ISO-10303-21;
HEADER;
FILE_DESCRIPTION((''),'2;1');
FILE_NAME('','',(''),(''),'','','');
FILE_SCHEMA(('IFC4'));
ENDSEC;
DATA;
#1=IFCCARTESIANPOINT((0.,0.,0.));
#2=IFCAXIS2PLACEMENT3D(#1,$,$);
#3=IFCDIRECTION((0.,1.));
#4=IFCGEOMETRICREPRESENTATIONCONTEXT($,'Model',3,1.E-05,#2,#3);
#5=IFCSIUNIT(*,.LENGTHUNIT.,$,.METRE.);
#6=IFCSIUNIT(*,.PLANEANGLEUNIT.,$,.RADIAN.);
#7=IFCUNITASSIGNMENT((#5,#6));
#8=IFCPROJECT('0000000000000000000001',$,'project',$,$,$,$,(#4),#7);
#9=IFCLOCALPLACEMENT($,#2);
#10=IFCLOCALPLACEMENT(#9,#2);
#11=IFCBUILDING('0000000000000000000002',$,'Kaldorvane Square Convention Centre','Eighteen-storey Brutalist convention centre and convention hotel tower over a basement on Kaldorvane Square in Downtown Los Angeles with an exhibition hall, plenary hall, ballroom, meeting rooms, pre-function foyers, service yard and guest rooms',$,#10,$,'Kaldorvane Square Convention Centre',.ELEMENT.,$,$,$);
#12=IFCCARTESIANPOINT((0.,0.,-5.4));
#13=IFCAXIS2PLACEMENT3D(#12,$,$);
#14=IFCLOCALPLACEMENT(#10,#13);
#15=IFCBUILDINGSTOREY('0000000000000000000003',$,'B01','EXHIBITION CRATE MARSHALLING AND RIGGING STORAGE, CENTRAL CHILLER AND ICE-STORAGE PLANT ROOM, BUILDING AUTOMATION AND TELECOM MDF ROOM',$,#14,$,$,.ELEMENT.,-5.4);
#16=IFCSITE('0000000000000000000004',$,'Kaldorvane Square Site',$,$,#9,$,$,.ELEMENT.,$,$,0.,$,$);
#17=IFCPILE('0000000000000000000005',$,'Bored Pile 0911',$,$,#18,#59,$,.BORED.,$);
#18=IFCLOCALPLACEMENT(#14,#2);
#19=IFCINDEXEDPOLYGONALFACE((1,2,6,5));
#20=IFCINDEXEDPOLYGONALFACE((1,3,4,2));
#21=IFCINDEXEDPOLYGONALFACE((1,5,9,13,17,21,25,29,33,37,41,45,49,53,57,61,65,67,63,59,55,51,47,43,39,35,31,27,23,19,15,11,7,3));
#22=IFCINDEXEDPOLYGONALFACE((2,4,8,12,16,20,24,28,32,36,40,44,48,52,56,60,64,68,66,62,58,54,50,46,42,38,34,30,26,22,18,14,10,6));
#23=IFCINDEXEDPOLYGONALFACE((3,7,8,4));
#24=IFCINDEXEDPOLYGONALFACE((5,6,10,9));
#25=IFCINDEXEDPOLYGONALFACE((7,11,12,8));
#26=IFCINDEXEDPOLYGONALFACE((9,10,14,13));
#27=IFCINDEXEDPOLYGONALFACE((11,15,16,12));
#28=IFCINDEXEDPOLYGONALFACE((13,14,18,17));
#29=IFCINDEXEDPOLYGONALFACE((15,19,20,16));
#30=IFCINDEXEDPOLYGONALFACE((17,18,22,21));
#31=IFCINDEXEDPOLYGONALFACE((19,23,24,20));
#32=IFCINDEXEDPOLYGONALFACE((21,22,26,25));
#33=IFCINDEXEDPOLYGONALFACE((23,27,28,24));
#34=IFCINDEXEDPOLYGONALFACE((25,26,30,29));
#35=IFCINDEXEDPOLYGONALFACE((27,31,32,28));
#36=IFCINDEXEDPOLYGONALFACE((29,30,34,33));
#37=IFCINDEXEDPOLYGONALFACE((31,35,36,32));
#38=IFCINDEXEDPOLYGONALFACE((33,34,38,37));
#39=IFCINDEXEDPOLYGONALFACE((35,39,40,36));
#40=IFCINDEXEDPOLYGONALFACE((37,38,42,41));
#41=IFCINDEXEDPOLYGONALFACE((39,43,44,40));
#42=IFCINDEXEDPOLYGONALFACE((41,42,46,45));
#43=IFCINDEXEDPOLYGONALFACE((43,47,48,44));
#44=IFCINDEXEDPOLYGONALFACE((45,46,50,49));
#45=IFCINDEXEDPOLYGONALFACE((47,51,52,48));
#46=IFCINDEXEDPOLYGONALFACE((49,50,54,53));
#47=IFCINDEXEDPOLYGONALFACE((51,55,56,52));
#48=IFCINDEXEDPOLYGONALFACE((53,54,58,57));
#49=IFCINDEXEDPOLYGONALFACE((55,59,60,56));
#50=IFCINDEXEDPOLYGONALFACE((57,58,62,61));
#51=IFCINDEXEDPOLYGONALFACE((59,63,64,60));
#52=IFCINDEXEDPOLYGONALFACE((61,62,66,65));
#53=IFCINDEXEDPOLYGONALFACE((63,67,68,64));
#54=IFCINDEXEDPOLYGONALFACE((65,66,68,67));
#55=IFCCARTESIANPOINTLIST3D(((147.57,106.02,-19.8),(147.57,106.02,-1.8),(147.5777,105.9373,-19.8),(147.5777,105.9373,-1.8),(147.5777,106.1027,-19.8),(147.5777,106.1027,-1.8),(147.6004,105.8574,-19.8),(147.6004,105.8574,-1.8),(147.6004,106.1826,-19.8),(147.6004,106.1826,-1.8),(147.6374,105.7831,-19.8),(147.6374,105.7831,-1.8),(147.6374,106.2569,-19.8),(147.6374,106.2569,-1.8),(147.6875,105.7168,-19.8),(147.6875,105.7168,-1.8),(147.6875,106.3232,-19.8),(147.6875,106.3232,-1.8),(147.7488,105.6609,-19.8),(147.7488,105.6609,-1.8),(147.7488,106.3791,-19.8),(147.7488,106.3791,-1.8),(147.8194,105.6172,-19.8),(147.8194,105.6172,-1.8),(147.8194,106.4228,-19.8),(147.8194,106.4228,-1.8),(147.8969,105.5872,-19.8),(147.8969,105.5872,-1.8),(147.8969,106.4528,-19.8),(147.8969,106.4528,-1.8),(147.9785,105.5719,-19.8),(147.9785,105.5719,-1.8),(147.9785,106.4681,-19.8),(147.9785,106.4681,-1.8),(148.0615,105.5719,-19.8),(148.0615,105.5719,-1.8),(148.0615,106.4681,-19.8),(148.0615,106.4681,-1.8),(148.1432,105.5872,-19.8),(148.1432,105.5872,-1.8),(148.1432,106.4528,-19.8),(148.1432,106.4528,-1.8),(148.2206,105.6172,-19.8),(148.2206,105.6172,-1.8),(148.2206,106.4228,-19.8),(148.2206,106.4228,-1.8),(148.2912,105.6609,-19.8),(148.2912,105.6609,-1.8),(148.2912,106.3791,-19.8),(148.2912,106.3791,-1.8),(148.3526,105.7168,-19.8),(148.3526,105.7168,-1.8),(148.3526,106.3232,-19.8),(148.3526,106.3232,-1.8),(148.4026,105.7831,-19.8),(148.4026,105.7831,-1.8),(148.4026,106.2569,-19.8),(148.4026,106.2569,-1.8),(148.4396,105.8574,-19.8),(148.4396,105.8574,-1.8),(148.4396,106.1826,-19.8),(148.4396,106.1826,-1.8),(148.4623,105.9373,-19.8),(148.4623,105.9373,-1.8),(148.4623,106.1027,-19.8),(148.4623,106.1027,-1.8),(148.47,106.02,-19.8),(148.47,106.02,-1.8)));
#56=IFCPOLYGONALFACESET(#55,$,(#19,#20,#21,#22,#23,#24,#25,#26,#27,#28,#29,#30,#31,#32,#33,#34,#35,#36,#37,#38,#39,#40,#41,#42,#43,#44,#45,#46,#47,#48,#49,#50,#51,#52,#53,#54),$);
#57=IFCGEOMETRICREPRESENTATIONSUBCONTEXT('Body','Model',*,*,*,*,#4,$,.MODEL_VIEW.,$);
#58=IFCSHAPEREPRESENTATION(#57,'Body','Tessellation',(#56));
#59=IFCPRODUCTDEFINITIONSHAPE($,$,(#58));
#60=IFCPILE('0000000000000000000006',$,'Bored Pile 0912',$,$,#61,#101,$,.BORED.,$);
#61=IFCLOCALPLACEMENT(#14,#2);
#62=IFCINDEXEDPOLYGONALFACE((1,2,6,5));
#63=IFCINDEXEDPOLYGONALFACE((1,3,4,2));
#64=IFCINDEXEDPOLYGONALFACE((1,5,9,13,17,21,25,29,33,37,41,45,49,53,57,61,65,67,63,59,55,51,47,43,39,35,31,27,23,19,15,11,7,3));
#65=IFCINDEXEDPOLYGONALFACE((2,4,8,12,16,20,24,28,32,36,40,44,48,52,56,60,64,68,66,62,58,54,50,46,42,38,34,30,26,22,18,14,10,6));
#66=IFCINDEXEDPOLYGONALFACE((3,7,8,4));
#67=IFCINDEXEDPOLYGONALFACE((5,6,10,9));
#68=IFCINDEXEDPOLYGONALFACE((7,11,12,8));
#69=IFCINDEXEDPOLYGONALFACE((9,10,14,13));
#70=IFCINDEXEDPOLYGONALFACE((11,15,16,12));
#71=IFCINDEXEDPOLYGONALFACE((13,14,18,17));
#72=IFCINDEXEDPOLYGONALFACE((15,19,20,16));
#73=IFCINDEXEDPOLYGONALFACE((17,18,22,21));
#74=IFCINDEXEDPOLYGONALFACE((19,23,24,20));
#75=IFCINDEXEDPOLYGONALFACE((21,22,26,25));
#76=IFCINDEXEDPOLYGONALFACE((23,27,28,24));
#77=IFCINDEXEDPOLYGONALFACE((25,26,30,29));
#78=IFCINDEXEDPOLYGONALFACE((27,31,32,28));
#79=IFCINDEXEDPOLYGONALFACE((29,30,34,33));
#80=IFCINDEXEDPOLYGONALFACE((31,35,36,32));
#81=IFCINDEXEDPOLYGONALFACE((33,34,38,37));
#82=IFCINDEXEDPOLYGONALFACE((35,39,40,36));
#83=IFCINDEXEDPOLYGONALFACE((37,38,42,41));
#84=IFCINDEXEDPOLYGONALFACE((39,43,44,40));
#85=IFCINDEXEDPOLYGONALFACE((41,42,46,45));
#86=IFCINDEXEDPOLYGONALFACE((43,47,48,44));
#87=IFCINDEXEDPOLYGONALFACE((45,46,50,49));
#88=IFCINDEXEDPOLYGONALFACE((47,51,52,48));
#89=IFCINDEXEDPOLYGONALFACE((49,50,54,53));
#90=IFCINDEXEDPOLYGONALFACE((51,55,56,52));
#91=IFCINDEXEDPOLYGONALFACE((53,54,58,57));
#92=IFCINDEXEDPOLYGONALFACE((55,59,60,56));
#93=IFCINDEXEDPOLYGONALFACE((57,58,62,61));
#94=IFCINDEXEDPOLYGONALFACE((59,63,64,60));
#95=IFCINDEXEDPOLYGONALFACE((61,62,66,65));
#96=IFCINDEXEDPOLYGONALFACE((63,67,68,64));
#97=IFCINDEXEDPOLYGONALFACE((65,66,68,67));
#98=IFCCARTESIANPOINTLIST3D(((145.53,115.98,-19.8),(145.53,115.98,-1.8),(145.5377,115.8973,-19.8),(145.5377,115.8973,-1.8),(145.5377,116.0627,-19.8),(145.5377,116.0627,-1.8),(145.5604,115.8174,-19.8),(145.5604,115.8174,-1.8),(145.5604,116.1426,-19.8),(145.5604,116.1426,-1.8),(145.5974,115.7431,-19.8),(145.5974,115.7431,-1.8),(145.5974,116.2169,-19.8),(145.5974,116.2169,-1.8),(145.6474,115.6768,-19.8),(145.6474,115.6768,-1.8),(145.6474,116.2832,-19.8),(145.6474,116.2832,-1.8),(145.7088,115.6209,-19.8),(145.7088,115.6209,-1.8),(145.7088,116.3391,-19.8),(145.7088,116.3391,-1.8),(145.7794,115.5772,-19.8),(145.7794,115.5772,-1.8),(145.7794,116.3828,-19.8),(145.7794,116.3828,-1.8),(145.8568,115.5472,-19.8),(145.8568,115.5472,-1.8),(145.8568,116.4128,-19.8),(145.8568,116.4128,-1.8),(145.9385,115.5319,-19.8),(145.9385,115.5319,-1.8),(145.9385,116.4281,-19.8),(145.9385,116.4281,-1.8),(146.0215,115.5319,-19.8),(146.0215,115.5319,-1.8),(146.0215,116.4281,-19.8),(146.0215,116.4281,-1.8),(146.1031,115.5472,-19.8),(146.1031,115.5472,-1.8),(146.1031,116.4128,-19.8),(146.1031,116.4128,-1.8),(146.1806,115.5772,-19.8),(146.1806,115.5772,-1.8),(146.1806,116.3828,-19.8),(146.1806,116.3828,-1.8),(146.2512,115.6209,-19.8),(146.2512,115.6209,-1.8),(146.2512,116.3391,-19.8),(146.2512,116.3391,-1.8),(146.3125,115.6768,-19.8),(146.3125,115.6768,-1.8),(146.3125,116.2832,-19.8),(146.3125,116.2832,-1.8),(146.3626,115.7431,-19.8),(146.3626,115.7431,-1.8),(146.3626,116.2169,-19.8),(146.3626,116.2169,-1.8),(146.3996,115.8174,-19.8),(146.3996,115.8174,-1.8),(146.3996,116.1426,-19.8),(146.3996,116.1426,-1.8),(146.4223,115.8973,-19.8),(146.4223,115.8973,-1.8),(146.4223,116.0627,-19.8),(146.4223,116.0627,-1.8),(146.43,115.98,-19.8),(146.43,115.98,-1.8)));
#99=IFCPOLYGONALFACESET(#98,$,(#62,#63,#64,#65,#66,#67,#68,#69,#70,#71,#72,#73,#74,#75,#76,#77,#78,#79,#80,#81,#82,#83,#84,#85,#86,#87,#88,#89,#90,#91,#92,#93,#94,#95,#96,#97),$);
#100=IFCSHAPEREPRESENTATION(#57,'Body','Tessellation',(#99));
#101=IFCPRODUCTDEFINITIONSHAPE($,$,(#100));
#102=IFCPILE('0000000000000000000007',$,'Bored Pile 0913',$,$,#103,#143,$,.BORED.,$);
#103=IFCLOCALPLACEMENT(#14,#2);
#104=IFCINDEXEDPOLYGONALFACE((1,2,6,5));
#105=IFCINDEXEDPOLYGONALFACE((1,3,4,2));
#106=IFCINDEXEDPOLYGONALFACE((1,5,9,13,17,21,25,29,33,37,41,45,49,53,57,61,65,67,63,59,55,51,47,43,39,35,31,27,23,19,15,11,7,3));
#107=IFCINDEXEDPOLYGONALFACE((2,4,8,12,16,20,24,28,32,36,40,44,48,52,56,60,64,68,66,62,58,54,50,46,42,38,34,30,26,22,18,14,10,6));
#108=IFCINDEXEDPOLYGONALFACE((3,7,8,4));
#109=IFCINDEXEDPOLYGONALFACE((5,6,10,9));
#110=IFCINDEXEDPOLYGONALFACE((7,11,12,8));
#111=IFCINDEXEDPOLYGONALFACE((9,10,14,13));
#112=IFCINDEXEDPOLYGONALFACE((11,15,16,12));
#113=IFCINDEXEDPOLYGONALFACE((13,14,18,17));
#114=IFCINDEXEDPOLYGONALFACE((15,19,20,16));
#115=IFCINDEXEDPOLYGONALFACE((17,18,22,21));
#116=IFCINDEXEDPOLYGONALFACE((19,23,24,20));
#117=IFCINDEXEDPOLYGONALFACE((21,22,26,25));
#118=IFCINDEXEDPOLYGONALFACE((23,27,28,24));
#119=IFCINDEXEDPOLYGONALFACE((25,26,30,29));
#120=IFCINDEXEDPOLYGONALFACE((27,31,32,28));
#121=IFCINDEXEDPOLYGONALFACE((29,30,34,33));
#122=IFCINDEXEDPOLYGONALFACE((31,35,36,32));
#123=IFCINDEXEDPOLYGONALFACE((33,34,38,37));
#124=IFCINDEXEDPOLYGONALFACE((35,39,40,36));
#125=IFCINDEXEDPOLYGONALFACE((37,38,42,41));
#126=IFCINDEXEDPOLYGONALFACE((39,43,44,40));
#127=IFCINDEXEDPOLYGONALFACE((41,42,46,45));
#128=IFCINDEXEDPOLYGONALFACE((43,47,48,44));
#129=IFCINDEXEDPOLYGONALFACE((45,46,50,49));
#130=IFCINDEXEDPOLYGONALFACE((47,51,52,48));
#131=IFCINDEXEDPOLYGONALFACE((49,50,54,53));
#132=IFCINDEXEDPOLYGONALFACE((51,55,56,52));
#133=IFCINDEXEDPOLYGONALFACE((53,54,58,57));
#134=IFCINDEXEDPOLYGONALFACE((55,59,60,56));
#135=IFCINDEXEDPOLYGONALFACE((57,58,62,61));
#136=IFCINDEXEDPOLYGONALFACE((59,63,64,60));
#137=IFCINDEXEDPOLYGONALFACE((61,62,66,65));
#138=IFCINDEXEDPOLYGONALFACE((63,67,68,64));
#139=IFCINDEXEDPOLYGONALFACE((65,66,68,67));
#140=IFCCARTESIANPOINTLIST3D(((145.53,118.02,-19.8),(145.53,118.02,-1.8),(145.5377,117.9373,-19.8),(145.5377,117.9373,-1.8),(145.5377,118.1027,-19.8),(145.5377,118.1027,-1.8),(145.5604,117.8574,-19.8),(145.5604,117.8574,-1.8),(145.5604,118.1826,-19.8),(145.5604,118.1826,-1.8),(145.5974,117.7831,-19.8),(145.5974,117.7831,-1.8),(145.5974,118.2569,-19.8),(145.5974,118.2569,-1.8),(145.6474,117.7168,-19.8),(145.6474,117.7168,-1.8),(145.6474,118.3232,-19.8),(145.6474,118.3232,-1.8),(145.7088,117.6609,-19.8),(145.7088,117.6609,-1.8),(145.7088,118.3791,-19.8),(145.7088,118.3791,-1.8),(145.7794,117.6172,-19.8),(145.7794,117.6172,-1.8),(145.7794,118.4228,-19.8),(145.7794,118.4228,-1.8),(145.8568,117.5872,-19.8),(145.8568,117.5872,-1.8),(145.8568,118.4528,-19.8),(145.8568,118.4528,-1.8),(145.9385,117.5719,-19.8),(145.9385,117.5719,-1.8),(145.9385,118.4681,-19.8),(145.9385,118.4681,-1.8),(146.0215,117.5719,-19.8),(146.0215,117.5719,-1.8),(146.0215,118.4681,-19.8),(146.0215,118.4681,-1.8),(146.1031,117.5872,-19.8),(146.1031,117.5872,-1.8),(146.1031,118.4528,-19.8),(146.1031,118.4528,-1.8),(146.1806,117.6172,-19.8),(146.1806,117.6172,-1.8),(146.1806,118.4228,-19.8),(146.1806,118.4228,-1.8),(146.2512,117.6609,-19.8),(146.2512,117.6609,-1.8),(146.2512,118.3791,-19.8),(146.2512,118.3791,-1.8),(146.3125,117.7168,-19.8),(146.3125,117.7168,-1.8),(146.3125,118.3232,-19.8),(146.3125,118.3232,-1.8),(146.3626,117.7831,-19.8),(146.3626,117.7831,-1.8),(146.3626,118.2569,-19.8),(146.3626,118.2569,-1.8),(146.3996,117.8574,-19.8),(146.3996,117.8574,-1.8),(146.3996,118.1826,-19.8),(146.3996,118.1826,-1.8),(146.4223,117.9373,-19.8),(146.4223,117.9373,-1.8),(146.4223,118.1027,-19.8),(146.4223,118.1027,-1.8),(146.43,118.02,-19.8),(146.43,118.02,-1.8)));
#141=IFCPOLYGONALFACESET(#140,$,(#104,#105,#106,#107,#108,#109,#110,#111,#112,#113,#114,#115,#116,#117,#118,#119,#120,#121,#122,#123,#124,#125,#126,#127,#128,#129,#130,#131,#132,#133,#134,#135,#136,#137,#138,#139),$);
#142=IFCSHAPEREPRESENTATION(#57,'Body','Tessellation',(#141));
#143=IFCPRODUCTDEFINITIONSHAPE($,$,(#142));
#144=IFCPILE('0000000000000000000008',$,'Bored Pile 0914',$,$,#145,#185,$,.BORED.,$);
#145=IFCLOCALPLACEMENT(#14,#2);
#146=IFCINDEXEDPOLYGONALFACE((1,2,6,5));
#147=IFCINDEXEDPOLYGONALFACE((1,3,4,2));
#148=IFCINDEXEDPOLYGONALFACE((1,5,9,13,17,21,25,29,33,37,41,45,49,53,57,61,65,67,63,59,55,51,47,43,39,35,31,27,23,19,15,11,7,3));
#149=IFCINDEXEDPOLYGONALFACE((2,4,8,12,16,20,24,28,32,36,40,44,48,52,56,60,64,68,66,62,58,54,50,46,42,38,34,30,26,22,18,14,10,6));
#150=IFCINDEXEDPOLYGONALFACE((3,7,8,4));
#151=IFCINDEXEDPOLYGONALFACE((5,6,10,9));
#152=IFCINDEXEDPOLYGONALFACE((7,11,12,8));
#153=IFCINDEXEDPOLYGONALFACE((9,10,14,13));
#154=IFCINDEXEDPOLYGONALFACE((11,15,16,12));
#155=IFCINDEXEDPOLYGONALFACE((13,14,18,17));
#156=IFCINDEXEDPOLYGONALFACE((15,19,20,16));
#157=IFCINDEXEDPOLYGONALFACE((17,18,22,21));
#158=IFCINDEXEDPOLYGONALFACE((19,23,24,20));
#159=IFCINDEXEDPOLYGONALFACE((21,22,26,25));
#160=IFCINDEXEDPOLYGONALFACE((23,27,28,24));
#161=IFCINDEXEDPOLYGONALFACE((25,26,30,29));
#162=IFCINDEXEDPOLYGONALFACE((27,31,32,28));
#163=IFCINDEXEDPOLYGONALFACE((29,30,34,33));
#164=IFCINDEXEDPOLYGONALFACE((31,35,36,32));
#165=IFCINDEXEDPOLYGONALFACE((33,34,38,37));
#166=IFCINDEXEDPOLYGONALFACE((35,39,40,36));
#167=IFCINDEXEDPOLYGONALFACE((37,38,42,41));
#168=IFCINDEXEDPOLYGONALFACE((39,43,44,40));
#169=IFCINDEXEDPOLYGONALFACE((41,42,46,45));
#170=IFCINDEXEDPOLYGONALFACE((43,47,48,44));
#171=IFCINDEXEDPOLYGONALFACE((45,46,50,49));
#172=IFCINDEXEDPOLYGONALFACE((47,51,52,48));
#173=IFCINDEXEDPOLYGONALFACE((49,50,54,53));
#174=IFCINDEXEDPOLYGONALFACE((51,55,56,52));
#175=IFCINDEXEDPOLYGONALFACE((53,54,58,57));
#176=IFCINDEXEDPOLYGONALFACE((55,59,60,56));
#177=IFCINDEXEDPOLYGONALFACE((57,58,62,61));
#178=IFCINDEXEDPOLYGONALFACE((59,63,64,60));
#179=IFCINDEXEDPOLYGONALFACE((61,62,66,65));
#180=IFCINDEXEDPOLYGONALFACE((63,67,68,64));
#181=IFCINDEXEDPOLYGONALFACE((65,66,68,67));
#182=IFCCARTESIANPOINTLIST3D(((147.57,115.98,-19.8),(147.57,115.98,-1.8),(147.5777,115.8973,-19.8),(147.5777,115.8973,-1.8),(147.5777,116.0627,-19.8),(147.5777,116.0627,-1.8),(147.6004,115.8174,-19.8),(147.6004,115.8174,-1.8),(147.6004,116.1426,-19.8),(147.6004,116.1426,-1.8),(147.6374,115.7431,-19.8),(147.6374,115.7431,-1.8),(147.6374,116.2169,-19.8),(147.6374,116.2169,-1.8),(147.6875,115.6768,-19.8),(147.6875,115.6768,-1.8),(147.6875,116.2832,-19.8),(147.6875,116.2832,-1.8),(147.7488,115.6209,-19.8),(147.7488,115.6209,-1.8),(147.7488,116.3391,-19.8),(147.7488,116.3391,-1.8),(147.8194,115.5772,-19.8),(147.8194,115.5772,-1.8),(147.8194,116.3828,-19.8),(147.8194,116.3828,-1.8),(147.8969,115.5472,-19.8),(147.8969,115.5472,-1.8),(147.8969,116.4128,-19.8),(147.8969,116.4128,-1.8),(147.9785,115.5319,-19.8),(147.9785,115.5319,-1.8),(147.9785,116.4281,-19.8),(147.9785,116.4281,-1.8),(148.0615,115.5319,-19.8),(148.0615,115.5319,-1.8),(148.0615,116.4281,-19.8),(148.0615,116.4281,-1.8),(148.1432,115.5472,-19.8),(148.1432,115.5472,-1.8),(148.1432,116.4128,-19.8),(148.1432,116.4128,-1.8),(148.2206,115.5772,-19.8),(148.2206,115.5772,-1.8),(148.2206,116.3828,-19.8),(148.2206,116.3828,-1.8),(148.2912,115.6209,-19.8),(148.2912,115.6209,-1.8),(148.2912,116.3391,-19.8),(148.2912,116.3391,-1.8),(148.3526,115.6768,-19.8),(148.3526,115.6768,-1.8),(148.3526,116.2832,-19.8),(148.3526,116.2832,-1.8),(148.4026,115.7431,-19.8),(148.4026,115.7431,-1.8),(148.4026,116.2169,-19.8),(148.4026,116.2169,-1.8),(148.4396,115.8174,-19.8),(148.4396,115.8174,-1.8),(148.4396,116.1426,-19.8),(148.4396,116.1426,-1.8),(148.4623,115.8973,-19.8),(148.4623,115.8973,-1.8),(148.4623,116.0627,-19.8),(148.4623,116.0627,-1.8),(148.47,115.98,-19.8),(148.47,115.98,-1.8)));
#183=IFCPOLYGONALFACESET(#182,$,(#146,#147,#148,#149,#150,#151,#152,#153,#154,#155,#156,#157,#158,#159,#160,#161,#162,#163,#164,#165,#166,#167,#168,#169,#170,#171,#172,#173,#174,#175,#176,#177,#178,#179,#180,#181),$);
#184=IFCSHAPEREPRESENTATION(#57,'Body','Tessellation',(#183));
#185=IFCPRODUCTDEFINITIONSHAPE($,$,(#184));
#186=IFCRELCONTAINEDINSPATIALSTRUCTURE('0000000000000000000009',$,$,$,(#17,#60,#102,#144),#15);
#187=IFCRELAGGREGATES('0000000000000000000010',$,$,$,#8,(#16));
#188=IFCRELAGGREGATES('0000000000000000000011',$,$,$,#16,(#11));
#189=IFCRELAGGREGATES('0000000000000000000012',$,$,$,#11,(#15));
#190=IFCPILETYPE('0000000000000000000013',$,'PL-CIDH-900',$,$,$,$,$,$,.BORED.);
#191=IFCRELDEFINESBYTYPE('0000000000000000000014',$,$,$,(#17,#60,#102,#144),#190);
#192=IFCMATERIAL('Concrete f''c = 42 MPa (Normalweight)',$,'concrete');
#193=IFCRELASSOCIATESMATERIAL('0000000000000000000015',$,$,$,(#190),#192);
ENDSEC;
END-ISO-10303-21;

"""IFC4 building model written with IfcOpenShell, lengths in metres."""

from ifc_helpers import new_model, si_unit, direction, frame, origin, origin_2d, place, context, subcontext, project, spatial, circle, extrude, material, material_profile, profile_set, type_object, element, save


model = new_model("IFC4")

# Units and contexts
model_context = context("Model", 3, precision=1e-05, world=origin(), true_north=direction((0.0, 1.0)))
body_context = subcontext(model_context, "Body", "Model", "MODEL_VIEW")
ifc_project = project(units=[si_unit("LENGTHUNIT", "METRE"), si_unit("PLANEANGLEUNIT", "RADIAN")], contexts=[model_context])

# Site, building, storey
site_placement = place(None, origin())
site = spatial("IfcSite", under=ifc_project, at=site_placement, Name="Kaldorvane Square Site", CompositionType="ELEMENT", RefElevation=0.0)
building_placement = place(site_placement, origin())
building = spatial("IfcBuilding", under=site, at=building_placement, Name="Kaldorvane Square Convention Centre", Description="Eighteen-storey Brutalist convention centre and convention hotel tower over a basement on Kaldorvane Square in Downtown Los Angeles with an exhibition hall, plenary hall, ballroom, meeting rooms, pre-function foyers, service yard and guest rooms", LongName="Kaldorvane Square Convention Centre", CompositionType="ELEMENT")
storey_placement = place(building_placement, frame((0.0, 0.0, -5.4)))
storey = spatial("IfcBuildingStorey", under=building, at=storey_placement, Name="B01", Description="EXHIBITION CRATE MARSHALLING AND RIGGING STORAGE, CENTRAL CHILLER AND ICE-STORAGE PLANT ROOM, BUILDING AUTOMATION AND TELECOM MDF ROOM", CompositionType="ELEMENT", Elevation=-5.4)

# Shared definitions
ifc_material_1 = material(Name="Concrete f'c = 42 MPa (Normalweight)", Category="concrete")

# Piles
ifc_material_profile_1 = material_profile(ifc_material_1, circle(Radius=0.45, at=origin_2d()), Name="PILE-D900")
ifc_profile_set_1 = profile_set([ifc_material_profile_1], Name="Concrete f'c = 42 MPa (Normalweight)")
pile_type = type_object("IfcPileType", Name="PL-CIDH-900", PredefinedType="BORED", material=ifc_profile_set_1)
for number, where, z_axis, x_axis, name in (
    (1, (148.02, 106.02, -1.8), (0.0, 0.0, -1.0), (1.0, 0.0, 0.0), "Bored Pile 0911"),
    (2, (145.98, 115.98, -1.8), (0.0, 0.0, -1.0), (1.0, 0.0, 0.0), "Bored Pile 0912"),
    (3, (145.98, 118.02, -1.8), (0.0, 0.0, -1.0), (1.0, 0.0, 0.0), "Bored Pile 0913"),
    (4, (148.02, 115.98, -1.8), (0.0, 0.0, -1.0), (1.0, 0.0, 0.0), "Bored Pile 0914"),
):
    element("IfcPile", number, at=place(storey_placement, frame(where, z_axis=z_axis, x_axis=x_axis)), inside=storey, type_object=pile_type, Name=name, PredefinedType="BORED", context=body_context, shape_type="SweptSolid", body=[
        extrude(circle(Radius=0.45, at=origin_2d()), origin(), (0.0, 0.0, 1.0), 18.0),
    ])

save(model, "model.ifc")
